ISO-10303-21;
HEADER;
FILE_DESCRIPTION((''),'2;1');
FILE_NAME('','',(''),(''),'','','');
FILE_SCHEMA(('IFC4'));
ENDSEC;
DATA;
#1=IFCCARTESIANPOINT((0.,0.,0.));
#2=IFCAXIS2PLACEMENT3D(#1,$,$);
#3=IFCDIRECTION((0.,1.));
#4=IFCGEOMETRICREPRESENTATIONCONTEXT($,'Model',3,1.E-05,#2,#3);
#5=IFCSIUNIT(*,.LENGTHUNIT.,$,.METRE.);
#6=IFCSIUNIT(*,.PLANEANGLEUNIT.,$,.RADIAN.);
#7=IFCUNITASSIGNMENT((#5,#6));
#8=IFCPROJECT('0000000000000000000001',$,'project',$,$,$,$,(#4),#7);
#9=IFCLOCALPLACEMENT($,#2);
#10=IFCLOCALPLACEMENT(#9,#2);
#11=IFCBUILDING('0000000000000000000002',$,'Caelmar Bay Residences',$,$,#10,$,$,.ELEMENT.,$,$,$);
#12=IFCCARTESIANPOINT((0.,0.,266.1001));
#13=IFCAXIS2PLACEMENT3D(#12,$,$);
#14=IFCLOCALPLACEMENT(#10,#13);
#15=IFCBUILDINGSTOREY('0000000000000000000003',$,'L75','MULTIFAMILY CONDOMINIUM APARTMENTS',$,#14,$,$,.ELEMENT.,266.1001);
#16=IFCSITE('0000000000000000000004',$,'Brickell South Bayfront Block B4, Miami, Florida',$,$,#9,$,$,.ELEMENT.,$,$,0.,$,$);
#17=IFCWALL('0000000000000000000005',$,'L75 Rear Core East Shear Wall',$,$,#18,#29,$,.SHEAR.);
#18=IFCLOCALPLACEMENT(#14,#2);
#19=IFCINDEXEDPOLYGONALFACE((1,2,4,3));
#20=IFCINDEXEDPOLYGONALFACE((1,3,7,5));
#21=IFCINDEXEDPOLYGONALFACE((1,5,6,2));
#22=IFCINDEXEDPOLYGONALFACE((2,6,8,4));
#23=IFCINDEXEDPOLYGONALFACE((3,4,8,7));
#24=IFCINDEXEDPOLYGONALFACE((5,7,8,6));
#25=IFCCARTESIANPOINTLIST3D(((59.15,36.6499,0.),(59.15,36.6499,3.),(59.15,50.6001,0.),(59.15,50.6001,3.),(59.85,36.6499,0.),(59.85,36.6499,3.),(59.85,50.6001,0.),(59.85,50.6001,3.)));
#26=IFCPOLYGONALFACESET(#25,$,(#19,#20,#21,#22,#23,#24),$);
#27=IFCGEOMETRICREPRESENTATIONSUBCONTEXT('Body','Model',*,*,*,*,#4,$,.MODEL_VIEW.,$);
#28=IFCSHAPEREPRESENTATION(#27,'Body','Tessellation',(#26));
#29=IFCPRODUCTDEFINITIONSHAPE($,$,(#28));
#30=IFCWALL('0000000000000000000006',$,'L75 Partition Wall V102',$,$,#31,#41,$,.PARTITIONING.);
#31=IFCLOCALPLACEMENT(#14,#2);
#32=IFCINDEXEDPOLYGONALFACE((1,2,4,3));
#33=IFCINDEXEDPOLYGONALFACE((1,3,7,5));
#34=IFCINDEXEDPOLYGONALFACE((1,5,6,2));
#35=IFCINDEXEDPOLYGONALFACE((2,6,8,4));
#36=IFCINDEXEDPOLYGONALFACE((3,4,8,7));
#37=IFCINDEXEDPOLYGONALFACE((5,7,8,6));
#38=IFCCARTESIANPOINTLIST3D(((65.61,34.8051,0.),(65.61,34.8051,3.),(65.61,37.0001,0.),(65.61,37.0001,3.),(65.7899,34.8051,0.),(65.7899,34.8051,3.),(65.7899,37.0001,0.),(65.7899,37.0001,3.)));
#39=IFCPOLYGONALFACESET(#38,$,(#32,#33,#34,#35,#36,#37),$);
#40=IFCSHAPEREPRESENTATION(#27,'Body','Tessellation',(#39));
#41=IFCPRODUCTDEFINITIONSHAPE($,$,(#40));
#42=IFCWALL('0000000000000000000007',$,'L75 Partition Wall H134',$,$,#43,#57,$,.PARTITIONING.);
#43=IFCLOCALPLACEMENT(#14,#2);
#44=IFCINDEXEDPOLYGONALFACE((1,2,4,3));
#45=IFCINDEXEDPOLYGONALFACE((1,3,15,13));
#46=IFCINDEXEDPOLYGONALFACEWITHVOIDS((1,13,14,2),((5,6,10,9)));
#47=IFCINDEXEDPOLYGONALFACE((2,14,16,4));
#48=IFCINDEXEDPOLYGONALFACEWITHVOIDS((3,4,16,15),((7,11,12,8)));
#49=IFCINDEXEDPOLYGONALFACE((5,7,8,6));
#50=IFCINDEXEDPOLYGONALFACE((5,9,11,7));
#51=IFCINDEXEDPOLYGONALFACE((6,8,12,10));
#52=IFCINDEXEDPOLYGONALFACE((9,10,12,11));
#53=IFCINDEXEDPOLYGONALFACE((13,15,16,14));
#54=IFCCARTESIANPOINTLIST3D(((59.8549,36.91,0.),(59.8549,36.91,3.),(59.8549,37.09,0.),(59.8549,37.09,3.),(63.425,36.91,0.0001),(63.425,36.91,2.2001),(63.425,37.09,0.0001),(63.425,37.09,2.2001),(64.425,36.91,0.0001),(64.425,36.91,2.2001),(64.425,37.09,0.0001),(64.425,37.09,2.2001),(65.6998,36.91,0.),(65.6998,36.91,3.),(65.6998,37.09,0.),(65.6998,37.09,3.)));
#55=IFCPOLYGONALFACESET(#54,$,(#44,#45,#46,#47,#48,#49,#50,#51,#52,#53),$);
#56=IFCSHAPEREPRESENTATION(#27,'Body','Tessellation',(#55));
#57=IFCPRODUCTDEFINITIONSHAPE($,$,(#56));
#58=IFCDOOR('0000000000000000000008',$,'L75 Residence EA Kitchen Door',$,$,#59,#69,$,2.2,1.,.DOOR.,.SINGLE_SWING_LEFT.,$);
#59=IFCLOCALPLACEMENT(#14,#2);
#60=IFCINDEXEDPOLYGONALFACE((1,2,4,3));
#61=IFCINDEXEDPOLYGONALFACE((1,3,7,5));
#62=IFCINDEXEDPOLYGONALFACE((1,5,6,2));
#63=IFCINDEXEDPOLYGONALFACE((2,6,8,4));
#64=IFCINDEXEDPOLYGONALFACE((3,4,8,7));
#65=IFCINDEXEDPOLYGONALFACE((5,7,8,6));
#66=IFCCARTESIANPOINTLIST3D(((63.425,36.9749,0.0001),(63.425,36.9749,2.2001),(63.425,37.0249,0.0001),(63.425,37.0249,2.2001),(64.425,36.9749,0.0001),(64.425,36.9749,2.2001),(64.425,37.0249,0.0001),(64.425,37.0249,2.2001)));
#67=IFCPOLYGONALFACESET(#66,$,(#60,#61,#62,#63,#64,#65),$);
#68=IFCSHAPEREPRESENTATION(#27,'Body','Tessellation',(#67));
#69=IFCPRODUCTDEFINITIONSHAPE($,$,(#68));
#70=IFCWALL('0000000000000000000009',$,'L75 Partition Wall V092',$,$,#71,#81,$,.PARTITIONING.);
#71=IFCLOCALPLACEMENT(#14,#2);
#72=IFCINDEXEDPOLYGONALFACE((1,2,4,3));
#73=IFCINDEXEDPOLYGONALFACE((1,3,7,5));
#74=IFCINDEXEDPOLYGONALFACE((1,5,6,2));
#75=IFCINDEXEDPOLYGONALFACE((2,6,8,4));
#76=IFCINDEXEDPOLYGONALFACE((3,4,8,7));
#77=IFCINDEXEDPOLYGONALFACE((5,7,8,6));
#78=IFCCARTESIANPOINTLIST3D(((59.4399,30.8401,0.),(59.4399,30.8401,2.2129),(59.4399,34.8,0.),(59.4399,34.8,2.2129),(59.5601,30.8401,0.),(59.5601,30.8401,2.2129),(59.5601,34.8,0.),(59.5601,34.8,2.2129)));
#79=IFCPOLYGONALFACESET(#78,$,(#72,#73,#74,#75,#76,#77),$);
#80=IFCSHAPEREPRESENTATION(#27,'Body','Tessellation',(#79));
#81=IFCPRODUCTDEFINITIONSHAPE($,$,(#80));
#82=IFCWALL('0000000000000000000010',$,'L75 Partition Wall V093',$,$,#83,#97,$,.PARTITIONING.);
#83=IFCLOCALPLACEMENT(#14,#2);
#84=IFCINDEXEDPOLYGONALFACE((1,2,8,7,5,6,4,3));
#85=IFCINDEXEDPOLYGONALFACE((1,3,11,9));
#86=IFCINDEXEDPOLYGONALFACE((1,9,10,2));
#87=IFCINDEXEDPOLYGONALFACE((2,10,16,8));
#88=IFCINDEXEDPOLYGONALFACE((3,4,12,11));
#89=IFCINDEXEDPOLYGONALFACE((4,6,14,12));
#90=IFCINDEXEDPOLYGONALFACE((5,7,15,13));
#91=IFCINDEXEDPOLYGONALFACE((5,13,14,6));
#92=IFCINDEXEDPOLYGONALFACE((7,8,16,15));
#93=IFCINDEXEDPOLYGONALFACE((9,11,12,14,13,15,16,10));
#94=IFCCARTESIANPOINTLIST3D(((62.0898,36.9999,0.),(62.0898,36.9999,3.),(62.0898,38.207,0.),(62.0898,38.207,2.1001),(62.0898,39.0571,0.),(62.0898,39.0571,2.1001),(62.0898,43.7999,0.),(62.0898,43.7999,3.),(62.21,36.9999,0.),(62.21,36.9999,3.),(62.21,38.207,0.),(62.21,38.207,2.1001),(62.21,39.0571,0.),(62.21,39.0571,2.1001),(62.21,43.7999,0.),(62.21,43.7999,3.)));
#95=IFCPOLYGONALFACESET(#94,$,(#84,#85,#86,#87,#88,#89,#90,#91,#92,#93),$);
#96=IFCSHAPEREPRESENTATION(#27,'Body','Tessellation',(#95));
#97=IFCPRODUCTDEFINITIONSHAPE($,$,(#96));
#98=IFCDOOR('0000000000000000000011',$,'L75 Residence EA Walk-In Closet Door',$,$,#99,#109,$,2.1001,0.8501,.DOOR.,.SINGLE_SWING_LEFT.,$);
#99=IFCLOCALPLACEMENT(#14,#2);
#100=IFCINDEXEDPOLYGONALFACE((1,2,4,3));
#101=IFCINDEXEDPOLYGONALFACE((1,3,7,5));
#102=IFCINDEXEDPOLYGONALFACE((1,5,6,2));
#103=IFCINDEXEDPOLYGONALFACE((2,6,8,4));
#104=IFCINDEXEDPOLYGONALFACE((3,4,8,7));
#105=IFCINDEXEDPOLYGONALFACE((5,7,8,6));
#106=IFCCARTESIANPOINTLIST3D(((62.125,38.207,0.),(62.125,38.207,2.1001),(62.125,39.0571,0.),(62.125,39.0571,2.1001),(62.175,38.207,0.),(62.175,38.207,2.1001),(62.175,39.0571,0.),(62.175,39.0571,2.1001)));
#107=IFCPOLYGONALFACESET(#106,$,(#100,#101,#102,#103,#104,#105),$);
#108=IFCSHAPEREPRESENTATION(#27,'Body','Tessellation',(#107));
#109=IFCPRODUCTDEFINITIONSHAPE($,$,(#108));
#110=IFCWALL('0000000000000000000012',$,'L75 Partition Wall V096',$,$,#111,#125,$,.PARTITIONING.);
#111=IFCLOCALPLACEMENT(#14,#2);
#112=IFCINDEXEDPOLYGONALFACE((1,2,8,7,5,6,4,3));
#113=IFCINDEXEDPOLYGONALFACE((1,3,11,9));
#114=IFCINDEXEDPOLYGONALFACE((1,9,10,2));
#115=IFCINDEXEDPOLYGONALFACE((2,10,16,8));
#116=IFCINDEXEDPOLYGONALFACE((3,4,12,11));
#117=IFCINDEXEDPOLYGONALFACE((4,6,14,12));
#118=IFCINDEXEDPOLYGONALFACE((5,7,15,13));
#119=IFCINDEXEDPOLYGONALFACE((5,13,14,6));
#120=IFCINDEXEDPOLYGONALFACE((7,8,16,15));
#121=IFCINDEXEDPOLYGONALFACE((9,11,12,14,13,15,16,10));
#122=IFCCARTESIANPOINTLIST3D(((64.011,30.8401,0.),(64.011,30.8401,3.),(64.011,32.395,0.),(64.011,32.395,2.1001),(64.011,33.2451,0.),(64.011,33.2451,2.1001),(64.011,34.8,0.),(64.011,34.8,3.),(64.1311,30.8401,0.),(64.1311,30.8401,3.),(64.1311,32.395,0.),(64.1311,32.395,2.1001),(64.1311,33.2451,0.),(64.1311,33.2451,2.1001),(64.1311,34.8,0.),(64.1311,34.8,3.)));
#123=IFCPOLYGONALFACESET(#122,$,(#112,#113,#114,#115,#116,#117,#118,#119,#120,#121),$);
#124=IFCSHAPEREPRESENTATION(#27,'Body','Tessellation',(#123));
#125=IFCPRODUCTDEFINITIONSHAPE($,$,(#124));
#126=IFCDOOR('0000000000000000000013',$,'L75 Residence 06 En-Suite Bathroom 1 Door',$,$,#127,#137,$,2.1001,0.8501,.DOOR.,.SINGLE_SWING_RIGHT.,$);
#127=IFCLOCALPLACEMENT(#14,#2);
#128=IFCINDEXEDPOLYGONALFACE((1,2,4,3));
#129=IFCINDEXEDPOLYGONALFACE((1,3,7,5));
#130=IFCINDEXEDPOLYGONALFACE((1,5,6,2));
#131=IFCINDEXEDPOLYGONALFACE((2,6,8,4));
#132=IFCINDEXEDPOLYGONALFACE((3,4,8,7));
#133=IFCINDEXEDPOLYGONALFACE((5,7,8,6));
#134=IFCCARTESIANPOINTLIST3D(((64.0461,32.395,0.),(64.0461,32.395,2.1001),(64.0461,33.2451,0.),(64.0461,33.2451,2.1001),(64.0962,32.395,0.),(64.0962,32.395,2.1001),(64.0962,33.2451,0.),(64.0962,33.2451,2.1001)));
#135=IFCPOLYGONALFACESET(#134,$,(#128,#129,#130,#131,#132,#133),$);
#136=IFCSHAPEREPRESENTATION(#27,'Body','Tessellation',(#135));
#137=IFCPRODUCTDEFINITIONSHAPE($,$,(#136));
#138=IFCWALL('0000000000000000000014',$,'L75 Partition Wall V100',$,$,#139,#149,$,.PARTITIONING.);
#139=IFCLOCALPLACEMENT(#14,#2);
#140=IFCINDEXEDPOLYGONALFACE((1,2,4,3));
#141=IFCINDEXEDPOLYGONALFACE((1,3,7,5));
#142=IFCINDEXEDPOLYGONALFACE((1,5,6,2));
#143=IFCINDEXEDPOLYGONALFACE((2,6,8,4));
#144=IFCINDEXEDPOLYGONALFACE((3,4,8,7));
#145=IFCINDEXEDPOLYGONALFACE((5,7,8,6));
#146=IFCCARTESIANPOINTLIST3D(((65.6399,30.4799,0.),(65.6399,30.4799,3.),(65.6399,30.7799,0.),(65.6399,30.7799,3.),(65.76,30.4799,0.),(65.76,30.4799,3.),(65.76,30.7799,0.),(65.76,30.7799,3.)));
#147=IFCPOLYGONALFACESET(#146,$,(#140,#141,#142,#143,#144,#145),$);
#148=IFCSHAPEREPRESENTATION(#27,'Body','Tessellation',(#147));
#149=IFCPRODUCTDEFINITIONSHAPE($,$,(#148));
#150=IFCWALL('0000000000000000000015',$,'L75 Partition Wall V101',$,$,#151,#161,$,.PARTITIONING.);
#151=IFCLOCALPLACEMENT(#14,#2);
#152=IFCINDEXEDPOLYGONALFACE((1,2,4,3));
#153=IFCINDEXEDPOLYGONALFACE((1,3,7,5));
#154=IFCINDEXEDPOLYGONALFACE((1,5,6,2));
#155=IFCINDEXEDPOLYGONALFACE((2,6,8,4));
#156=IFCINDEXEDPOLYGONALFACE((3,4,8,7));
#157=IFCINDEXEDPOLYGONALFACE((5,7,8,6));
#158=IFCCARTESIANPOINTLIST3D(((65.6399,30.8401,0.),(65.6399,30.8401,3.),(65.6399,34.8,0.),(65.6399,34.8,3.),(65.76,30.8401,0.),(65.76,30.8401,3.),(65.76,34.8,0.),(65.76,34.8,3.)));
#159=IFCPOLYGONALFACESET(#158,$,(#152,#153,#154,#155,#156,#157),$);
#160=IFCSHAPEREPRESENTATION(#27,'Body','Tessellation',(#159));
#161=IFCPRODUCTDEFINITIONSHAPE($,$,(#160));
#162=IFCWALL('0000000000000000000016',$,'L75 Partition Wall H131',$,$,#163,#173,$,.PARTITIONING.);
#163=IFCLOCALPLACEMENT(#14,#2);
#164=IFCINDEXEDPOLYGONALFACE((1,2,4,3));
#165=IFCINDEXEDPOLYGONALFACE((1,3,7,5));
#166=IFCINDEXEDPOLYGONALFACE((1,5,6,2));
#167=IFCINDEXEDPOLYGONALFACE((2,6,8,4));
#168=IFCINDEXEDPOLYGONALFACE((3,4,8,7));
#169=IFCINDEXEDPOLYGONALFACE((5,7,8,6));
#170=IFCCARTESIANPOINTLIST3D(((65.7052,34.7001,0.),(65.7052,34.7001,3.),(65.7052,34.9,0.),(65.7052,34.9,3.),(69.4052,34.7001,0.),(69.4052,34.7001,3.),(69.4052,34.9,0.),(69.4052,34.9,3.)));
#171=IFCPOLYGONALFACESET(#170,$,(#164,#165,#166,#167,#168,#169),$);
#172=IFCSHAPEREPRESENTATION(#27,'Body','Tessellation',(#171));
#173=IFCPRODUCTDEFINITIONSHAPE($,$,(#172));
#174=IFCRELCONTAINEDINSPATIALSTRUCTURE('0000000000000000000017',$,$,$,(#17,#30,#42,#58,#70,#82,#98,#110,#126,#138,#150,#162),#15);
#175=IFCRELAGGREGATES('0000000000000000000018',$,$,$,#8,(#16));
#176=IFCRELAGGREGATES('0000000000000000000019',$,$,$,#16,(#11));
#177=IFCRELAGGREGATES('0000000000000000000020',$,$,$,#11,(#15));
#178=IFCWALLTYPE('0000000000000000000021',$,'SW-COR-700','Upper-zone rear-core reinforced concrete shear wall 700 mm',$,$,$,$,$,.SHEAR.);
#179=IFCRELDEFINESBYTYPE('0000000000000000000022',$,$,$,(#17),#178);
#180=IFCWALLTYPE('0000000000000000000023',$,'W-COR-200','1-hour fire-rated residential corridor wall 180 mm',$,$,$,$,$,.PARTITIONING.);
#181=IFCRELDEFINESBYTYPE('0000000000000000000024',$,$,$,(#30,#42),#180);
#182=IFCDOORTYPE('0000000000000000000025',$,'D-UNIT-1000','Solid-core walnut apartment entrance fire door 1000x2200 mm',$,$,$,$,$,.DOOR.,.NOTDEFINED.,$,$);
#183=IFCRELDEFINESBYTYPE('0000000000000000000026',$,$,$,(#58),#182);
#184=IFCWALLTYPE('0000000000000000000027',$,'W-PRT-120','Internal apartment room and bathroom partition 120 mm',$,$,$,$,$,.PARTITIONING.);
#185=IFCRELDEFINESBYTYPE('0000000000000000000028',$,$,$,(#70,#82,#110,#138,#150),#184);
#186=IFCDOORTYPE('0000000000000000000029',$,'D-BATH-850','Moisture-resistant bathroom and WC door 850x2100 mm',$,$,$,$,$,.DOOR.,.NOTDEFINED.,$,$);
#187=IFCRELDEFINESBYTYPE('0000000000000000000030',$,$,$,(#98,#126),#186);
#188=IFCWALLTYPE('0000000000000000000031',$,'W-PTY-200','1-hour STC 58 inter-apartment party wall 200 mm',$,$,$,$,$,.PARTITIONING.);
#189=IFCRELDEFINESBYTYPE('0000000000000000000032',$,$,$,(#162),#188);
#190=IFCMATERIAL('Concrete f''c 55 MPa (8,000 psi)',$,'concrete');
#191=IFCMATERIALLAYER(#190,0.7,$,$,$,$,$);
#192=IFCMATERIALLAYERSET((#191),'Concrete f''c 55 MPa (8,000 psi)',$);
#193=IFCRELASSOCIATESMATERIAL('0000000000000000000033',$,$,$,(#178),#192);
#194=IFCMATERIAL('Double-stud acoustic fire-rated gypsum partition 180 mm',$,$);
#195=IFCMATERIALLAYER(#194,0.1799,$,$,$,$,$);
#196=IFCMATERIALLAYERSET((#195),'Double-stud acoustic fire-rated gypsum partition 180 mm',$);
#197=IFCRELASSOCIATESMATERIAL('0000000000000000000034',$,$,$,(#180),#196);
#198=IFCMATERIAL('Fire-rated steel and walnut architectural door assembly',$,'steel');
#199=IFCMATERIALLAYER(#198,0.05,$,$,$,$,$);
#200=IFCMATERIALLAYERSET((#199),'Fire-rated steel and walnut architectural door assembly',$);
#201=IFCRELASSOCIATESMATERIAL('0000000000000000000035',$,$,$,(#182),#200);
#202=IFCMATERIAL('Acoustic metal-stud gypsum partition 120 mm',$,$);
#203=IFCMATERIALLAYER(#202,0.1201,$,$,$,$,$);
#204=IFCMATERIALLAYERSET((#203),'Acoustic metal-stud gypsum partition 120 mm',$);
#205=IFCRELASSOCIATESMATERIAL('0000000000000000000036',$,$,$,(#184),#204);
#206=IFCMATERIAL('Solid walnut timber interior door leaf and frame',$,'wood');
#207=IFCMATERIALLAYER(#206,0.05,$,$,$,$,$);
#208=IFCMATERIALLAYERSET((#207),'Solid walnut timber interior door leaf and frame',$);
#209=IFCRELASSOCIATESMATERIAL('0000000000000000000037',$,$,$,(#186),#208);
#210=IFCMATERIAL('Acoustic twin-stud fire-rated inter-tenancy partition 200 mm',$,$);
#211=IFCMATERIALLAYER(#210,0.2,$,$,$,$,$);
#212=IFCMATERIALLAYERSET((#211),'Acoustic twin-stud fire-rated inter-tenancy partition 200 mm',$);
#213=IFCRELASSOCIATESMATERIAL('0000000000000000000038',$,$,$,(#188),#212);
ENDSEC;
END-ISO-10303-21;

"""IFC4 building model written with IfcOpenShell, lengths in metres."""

from ifc_helpers import new_model, si_unit, direction, frame, frame_2d, origin, place, context, subcontext, project, spatial, rectangle, extrude, material, layer, layer_set, type_object, element, fill, save


model = new_model("IFC4")

# Units and contexts
model_context = context("Model", 3, precision=1e-05, world=origin(), true_north=direction((0.0, 1.0)))
body_context = subcontext(model_context, "Body", "Model", "MODEL_VIEW")
ifc_project = project(units=[si_unit("LENGTHUNIT", "METRE"), si_unit("PLANEANGLEUNIT", "RADIAN")], contexts=[model_context])

# Site, building, storey
site_placement = place(None, origin())
site = spatial("IfcSite", under=ifc_project, at=site_placement, Name="Brickell South Bayfront Block B4, Miami, Florida", CompositionType="ELEMENT", RefElevation=0.0)
building_placement = place(site_placement, origin())
building = spatial("IfcBuilding", under=site, at=building_placement, Name="Caelmar Bay Residences", CompositionType="ELEMENT")
storey_placement = place(building_placement, frame((0.0, 0.0, 266.1001)))
storey = spatial("IfcBuildingStorey", under=building, at=storey_placement, Name="L75", Description="MULTIFAMILY CONDOMINIUM APARTMENTS", CompositionType="ELEMENT", Elevation=266.1001)

# Walls
ifc_material_1 = material(Name="Concrete f'c 55 MPa (8,000 psi)", Category="concrete")
ifc_layer_1 = layer(ifc_material_1, 0.7)
ifc_layer_set_1 = layer_set([ifc_layer_1], Name="Concrete f'c 55 MPa (8,000 psi)")
wall_type_1 = type_object("IfcWallType", Name="SW-COR-700", Description="Upper-zone rear-core reinforced concrete shear wall 700 mm", PredefinedType="SHEAR", material=ifc_layer_set_1)
wall_1_placement = place(storey_placement, frame((59.5, 36.6499, 0.0), z_axis=(0.0, 0.0, 1.0), x_axis=(0.0, 1.0, 0.0)))
element("IfcWall", 1, at=wall_1_placement, inside=storey, type_object=wall_type_1, Name="L75 Rear Core East Shear Wall", PredefinedType="SHEAR", context=body_context, shape_type="SweptSolid", body=[
    extrude(rectangle(XDim=13.9502, YDim=0.7, at=frame_2d((6.9751, 0.0))), origin(), (0.0, 0.0, 1.0), 3.0),
])
ifc_material_2 = material(Name="Double-stud acoustic fire-rated gypsum partition 180 mm")
ifc_layer_2 = layer(ifc_material_2, 0.1799)
ifc_layer_set_2 = layer_set([ifc_layer_2], Name="Double-stud acoustic fire-rated gypsum partition 180 mm")
wall_type_2 = type_object("IfcWallType", Name="W-COR-200", Description="1-hour fire-rated residential corridor wall 180 mm", PredefinedType="PARTITIONING", material=ifc_layer_set_2)
wall_2_placement = place(storey_placement, frame((65.7, 34.8049, 0.0), z_axis=(0.0, 0.0, 1.0), x_axis=(0.0, 1.0, 0.0)))
element("IfcWall", 2, at=wall_2_placement, inside=storey, type_object=wall_type_2, Name="L75 Partition Wall V102", PredefinedType="PARTITIONING", context=body_context, shape_type="SweptSolid", body=[
    extrude(rectangle(XDim=2.1951, YDim=0.1799, at=frame_2d((1.0977, 0.0))), origin(), (0.0, 0.0, 1.0), 3.0),
])

# Wall, opening, door
wall_3_placement = place(storey_placement, frame((59.855, 37.0, 0.0), z_axis=(0.0, 0.0, 1.0), x_axis=(1.0, 0.0, 0.0)))
wall_3 = element("IfcWall", 3, at=wall_3_placement, inside=storey, type_object=wall_type_2, Name="L75 Partition Wall H134", PredefinedType="PARTITIONING", context=body_context, shape_type="SweptSolid", body=[
    extrude(rectangle(XDim=5.845, YDim=0.1799, at=frame_2d((2.9224, 0.0))), origin(), (0.0, 0.0, 1.0), 3.0),
])
opening_1_placement = place(wall_3_placement, frame((3.5701, 0.0, 0.0)))
opening_1 = element("IfcOpeningElement", 4, at=opening_1_placement, cuts=wall_3, PredefinedType="OPENING", context=body_context, shape_type="SweptSolid", body=[
    extrude(rectangle(XDim=1.0, YDim=2.2, at=frame_2d((0.5, 1.1001))), frame((0.0, 0.0999, 0.0), z_axis=(0.0, -1.0, 0.0), x_axis=(1.0, 0.0, 0.0)), (0.0, 0.0, 1.0), 0.2),
])
ifc_material_3 = material(Name="Fire-rated steel and walnut architectural door assembly", Category="steel")
ifc_layer_3 = layer(ifc_material_3, 0.05)
ifc_layer_set_3 = layer_set([ifc_layer_3], Name="Fire-rated steel and walnut architectural door assembly")
door_type_1 = type_object("IfcDoorType", Name="D-UNIT-1000", Description="Solid-core walnut apartment entrance fire door 1000x2200 mm", OperationType="NOTDEFINED", PredefinedType="DOOR", material=ifc_layer_set_3)
door_1_placement = place(opening_1_placement, origin())
door_1 = element("IfcDoor", 5, at=door_1_placement, inside=storey, type_object=door_type_1, Name="L75 Residence EA Kitchen Door", OperationType="SINGLE_SWING_LEFT", OverallHeight=2.2, OverallWidth=1.0, PredefinedType="DOOR", context=body_context, shape_type="SweptSolid", body=[
    extrude(rectangle(XDim=1.0, YDim=2.2, at=frame_2d((0.5, 1.1001))), frame((0.0, 0.0249, 0.0), z_axis=(0.0, -1.0, 0.0), x_axis=(1.0, 0.0, 0.0)), (0.0, 0.0, 1.0), 0.05),
])
fill(opening_1, door_1)

# Wall
ifc_material_4 = material(Name="Acoustic metal-stud gypsum partition 120 mm")
ifc_layer_4 = layer(ifc_material_4, 0.1201)
ifc_layer_set_4 = layer_set([ifc_layer_4], Name="Acoustic metal-stud gypsum partition 120 mm")
wall_type_3 = type_object("IfcWallType", Name="W-PRT-120", Description="Internal apartment room and bathroom partition 120 mm", PredefinedType="PARTITIONING", material=ifc_layer_set_4)
wall_4_placement = place(storey_placement, frame((59.5, 30.8401, 0.0), z_axis=(0.0, 0.0, 1.0), x_axis=(0.0, 1.0, 0.0)))
element("IfcWall", 6, at=wall_4_placement, inside=storey, type_object=wall_type_3, Name="L75 Partition Wall V092", PredefinedType="PARTITIONING", context=body_context, shape_type="SweptSolid", body=[
    extrude(rectangle(XDim=3.96, YDim=0.1201, at=frame_2d((1.98, 0.0))), origin(), (0.0, 0.0, 1.0), 2.2129),
])

# Walls, openings, doors
wall_5_placement = place(storey_placement, frame((62.1499, 37.0, 0.0), z_axis=(0.0, 0.0, 1.0), x_axis=(0.0, 1.0, 0.0)))
wall_5 = element("IfcWall", 7, at=wall_5_placement, inside=storey, type_object=wall_type_3, Name="L75 Partition Wall V093", PredefinedType="PARTITIONING", context=body_context, shape_type="SweptSolid", body=[
    extrude(rectangle(XDim=6.8, YDim=0.1201, at=frame_2d((3.3999, 0.0))), origin(), (0.0, 0.0, 1.0), 3.0),
])
opening_2_placement = place(wall_5_placement, frame((1.207, 0.0, 0.0)))
opening_2 = element("IfcOpeningElement", 8, at=opening_2_placement, cuts=wall_5, PredefinedType="OPENING", context=body_context, shape_type="SweptSolid", body=[
    extrude(rectangle(XDim=0.8501, YDim=2.1001, at=frame_2d((0.425, 1.05))), frame((0.0, 0.0701, 0.0), z_axis=(0.0, -1.0, 0.0), x_axis=(1.0, 0.0, 0.0)), (0.0, 0.0, 1.0), 0.1401),
])
ifc_material_5 = material(Name="Solid walnut timber interior door leaf and frame", Category="wood")
ifc_layer_5 = layer(ifc_material_5, 0.05)
ifc_layer_set_5 = layer_set([ifc_layer_5], Name="Solid walnut timber interior door leaf and frame")
door_type_2 = type_object("IfcDoorType", Name="D-BATH-850", Description="Moisture-resistant bathroom and WC door 850x2100 mm", OperationType="NOTDEFINED", PredefinedType="DOOR", material=ifc_layer_set_5)
door_2_placement = place(opening_2_placement, origin())
door_2 = element("IfcDoor", 9, at=door_2_placement, inside=storey, type_object=door_type_2, Name="L75 Residence EA Walk-In Closet Door", OperationType="SINGLE_SWING_LEFT", OverallHeight=2.1001, OverallWidth=0.8501, PredefinedType="DOOR", context=body_context, shape_type="SweptSolid", body=[
    extrude(rectangle(XDim=0.8501, YDim=2.1001, at=frame_2d((0.425, 1.05))), frame((0.0, 0.0249, 0.0), z_axis=(0.0, -1.0, 0.0), x_axis=(1.0, 0.0, 0.0)), (0.0, 0.0, 1.0), 0.05),
])
fill(opening_2, door_2)
wall_6_placement = place(storey_placement, frame((64.071, 30.8401, 0.0), z_axis=(0.0, 0.0, 1.0), x_axis=(0.0, 1.0, 0.0)))
wall_6 = element("IfcWall", 10, at=wall_6_placement, inside=storey, type_object=wall_type_3, Name="L75 Partition Wall V096", PredefinedType="PARTITIONING", context=body_context, shape_type="SweptSolid", body=[
    extrude(rectangle(XDim=3.96, YDim=0.1201, at=frame_2d((1.98, 0.0))), origin(), (0.0, 0.0, 1.0), 3.0),
])
opening_3_placement = place(wall_6_placement, frame((1.5549, 0.0, 0.0)))
opening_3 = element("IfcOpeningElement", 11, at=opening_3_placement, cuts=wall_6, PredefinedType="OPENING", context=body_context, shape_type="SweptSolid", body=[
    extrude(rectangle(XDim=0.8501, YDim=2.1001, at=frame_2d((0.425, 1.05))), frame((0.0, 0.0701, 0.0), z_axis=(0.0, -1.0, 0.0), x_axis=(1.0, 0.0, 0.0)), (0.0, 0.0, 1.0), 0.1401),
])
door_3_placement = place(opening_3_placement, origin())
door_3 = element("IfcDoor", 12, at=door_3_placement, inside=storey, type_object=door_type_2, Name="L75 Residence 06 En-Suite Bathroom 1 Door", OperationType="SINGLE_SWING_RIGHT", OverallHeight=2.1001, OverallWidth=0.8501, PredefinedType="DOOR", context=body_context, shape_type="SweptSolid", body=[
    extrude(rectangle(XDim=0.8501, YDim=2.1001, at=frame_2d((0.425, 1.05))), frame((0.0, 0.0249, 0.0), z_axis=(0.0, -1.0, 0.0), x_axis=(1.0, 0.0, 0.0)), (0.0, 0.0, 1.0), 0.05),
])
fill(opening_3, door_3)

# Walls
wall_7_placement = place(storey_placement, frame((65.7, 30.48, 0.0), z_axis=(0.0, 0.0, 1.0), x_axis=(0.0, 1.0, 0.0)))
element("IfcWall", 13, at=wall_7_placement, inside=storey, type_object=wall_type_3, Name="L75 Partition Wall V100", PredefinedType="PARTITIONING", context=body_context, shape_type="SweptSolid", body=[
    extrude(rectangle(XDim=0.3, YDim=0.1201, at=frame_2d((0.1499, 0.0))), origin(), (0.0, 0.0, 1.0), 3.0),
])
wall_8_placement = place(storey_placement, frame((65.7, 30.8401, 0.0), z_axis=(0.0, 0.0, 1.0), x_axis=(0.0, 1.0, 0.0)))
element("IfcWall", 14, at=wall_8_placement, inside=storey, type_object=wall_type_3, Name="L75 Partition Wall V101", PredefinedType="PARTITIONING", context=body_context, shape_type="SweptSolid", body=[
    extrude(rectangle(XDim=3.96, YDim=0.1201, at=frame_2d((1.98, 0.0))), origin(), (0.0, 0.0, 1.0), 3.0),
])
ifc_material_6 = material(Name="Acoustic twin-stud fire-rated inter-tenancy partition 200 mm")
ifc_layer_6 = layer(ifc_material_6, 0.2)
ifc_layer_set_6 = layer_set([ifc_layer_6], Name="Acoustic twin-stud fire-rated inter-tenancy partition 200 mm")
wall_type_4 = type_object("IfcWallType", Name="W-PTY-200", Description="1-hour STC 58 inter-apartment party wall 200 mm", PredefinedType="PARTITIONING", material=ifc_layer_set_6)
wall_9_placement = place(storey_placement, frame((65.7051, 34.8, 0.0), z_axis=(0.0, 0.0, 1.0), x_axis=(1.0, 0.0, 0.0)))
element("IfcWall", 15, at=wall_9_placement, inside=storey, type_object=wall_type_4, Name="L75 Partition Wall H131", PredefinedType="PARTITIONING", context=body_context, shape_type="SweptSolid", body=[
    extrude(rectangle(XDim=3.7, YDim=0.2, at=frame_2d((1.8501, 0.0))), origin(), (0.0, 0.0, 1.0), 3.0),
])

save(model, "model.ifc")
